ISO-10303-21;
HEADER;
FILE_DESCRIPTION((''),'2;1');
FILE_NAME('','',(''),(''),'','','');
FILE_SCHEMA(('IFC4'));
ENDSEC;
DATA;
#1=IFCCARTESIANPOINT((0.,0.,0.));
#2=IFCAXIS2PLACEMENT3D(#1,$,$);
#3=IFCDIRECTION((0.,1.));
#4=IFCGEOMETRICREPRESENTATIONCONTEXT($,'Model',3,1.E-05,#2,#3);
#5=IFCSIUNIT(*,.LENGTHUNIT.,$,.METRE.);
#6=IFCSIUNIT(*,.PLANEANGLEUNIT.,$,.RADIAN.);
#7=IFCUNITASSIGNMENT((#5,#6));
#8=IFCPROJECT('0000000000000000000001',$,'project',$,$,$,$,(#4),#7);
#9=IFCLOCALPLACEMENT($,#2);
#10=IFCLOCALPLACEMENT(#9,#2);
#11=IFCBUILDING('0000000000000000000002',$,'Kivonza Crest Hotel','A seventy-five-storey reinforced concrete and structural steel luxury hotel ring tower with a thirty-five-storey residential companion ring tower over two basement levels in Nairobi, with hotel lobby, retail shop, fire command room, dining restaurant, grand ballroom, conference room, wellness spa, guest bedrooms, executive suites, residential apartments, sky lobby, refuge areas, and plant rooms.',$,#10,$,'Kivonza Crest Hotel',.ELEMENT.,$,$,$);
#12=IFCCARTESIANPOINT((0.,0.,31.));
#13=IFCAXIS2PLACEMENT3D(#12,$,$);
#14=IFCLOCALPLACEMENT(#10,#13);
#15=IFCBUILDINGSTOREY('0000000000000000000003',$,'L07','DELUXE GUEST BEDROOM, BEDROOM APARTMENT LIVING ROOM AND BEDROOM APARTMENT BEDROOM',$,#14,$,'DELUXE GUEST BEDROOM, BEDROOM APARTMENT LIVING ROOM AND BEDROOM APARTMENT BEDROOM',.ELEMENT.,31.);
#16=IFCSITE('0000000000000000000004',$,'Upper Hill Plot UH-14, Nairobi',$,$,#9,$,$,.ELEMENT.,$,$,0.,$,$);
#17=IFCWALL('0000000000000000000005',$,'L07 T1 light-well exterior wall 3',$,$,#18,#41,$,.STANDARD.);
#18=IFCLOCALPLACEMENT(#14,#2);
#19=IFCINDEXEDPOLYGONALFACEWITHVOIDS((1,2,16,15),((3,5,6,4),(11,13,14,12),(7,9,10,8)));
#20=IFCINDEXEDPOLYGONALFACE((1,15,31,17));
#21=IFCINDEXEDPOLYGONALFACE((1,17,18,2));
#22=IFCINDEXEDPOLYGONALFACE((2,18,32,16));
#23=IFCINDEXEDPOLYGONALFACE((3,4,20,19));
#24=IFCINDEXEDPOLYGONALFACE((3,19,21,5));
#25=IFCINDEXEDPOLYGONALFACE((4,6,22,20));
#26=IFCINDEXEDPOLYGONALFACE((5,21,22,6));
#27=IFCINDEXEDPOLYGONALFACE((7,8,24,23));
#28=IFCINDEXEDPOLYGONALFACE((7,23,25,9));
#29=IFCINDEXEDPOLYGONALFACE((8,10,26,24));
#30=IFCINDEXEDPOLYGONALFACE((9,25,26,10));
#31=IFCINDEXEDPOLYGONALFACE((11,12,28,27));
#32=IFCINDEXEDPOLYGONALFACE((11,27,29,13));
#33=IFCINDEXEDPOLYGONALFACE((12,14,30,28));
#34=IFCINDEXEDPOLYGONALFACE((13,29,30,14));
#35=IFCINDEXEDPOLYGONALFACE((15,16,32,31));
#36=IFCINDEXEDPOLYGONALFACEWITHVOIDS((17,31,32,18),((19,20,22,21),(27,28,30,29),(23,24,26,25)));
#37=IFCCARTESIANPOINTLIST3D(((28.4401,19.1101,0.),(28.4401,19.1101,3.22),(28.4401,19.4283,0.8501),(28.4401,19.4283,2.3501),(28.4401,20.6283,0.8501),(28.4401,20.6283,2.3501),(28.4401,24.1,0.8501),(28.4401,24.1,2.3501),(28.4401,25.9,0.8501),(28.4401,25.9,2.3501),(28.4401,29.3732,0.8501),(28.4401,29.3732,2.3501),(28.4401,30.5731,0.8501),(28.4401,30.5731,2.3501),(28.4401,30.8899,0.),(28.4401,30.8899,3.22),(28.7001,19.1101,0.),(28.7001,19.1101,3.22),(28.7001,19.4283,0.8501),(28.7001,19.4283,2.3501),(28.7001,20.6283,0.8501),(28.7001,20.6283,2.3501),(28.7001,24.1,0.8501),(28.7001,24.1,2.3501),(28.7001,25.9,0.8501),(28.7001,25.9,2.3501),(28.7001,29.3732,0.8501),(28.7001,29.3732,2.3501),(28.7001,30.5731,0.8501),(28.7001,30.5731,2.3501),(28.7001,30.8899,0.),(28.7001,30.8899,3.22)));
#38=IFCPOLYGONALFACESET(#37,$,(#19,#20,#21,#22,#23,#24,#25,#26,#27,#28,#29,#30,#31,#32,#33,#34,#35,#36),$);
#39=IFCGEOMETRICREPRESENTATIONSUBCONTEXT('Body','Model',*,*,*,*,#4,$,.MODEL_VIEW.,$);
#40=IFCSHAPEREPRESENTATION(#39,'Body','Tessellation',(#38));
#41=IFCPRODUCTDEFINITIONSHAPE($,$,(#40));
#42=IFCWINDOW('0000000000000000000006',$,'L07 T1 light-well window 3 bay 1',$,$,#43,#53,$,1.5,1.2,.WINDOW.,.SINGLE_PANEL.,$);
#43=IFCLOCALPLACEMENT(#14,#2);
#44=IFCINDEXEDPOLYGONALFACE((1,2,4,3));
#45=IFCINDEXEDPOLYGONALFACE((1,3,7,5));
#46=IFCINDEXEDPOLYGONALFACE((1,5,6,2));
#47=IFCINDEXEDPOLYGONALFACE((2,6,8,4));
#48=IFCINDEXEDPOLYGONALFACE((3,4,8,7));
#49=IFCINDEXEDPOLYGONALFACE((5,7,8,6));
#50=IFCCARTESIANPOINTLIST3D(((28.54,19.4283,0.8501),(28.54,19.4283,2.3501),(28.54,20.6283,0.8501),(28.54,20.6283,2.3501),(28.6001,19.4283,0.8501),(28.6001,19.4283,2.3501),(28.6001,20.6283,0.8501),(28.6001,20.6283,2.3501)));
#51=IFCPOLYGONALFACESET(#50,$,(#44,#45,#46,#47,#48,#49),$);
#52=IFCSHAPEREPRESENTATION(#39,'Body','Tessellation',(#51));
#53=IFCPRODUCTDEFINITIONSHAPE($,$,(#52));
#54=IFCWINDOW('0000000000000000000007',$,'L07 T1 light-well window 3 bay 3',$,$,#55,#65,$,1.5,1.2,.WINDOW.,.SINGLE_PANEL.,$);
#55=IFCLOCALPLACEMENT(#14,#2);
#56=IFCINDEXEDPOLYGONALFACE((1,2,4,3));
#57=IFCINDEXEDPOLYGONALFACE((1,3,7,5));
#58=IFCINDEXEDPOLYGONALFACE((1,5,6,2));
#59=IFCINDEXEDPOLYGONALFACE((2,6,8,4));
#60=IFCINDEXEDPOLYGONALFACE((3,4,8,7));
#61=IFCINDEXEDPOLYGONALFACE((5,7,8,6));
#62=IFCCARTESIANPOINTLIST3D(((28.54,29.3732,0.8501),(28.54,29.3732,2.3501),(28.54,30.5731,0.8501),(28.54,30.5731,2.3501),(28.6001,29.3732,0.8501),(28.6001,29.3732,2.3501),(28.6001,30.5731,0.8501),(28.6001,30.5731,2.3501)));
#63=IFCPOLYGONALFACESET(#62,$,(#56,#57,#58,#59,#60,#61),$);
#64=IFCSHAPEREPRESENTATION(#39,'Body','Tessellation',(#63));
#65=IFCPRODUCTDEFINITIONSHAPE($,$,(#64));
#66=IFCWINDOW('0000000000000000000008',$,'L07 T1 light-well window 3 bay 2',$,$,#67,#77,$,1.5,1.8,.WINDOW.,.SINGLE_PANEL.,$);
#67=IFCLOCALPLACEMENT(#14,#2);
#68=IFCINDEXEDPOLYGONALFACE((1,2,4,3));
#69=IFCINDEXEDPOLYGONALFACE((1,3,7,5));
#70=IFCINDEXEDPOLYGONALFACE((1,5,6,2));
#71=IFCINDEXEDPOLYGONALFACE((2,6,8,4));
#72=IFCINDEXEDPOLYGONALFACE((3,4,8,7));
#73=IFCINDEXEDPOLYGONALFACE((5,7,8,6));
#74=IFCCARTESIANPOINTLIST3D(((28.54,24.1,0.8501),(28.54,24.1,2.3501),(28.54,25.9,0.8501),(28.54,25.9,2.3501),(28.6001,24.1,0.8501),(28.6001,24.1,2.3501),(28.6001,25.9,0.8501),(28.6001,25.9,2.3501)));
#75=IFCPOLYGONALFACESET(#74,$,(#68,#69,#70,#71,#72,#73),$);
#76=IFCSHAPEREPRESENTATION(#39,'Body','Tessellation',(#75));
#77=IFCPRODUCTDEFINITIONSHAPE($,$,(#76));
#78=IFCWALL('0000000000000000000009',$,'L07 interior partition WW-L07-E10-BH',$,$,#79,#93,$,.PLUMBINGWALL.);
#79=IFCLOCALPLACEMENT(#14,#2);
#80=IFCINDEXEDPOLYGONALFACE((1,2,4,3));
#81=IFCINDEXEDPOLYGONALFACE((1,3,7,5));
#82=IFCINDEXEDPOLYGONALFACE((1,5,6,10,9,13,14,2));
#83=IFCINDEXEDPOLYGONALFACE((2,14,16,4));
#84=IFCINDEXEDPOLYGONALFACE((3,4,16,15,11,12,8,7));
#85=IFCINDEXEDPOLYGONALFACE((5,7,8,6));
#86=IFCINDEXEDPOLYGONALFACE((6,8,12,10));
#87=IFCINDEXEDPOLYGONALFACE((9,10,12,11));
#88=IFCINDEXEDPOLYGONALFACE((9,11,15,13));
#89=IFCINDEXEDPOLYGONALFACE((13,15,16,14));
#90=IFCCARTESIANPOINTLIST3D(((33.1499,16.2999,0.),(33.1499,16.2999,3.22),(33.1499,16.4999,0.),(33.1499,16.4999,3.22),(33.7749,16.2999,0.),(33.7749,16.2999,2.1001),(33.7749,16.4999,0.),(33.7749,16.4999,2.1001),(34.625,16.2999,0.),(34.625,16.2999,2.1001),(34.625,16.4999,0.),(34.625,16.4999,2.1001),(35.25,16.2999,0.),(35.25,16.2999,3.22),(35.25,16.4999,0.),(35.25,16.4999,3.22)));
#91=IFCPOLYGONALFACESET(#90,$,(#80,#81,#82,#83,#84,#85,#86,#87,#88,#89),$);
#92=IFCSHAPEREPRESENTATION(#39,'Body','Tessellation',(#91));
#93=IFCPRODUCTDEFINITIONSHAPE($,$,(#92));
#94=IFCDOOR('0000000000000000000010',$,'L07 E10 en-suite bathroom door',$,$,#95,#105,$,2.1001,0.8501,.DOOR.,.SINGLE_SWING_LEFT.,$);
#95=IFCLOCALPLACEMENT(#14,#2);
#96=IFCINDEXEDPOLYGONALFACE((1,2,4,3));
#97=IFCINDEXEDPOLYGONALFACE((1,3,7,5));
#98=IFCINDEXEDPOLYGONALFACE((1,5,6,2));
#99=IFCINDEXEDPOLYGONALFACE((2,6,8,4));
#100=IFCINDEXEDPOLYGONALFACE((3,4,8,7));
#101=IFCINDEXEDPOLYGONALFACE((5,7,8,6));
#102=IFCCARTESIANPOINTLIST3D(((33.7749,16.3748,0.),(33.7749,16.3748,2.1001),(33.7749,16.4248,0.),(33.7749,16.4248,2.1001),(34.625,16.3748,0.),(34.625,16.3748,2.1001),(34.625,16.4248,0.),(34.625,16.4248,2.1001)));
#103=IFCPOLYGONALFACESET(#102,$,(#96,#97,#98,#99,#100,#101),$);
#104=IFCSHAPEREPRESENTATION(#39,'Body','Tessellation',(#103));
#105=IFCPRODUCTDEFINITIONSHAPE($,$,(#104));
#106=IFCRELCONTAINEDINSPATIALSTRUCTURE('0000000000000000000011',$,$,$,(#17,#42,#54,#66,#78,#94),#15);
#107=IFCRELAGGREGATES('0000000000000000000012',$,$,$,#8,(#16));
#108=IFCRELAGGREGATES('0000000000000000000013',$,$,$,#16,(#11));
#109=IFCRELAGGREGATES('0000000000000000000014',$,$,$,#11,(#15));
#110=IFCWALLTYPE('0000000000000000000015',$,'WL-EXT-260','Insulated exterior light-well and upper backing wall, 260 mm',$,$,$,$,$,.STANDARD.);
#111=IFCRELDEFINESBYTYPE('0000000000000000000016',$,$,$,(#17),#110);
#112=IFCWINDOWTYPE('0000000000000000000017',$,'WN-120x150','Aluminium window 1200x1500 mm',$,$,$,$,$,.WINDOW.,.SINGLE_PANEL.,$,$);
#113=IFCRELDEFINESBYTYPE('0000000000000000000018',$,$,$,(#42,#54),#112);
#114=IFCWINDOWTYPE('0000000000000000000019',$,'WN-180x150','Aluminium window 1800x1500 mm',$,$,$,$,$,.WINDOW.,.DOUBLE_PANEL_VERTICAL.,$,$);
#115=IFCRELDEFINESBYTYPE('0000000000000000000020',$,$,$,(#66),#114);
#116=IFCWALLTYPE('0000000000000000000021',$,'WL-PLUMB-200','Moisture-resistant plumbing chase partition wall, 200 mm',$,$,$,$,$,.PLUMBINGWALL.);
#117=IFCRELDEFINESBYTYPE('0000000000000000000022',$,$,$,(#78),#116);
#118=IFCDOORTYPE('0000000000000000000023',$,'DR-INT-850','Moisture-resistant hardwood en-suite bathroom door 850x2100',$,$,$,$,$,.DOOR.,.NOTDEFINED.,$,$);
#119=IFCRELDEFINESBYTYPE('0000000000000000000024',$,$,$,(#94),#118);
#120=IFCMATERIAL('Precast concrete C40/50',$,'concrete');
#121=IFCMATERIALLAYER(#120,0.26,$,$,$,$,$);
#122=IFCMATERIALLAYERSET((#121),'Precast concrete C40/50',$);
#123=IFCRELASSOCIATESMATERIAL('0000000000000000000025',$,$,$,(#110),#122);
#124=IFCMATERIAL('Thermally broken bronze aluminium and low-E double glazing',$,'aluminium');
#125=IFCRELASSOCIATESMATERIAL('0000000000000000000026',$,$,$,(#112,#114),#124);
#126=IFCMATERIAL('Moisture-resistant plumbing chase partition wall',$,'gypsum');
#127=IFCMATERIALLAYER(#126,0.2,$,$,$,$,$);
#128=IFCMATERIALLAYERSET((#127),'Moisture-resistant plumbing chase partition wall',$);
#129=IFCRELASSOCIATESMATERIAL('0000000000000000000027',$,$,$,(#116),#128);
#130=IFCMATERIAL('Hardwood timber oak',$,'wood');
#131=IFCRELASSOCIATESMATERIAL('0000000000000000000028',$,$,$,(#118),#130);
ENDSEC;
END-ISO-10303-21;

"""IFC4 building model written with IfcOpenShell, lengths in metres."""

from ifc_helpers import new_model, si_unit, direction, frame, frame_2d, origin, place, context, subcontext, project, spatial, rectangle, extrude, material, layer, layer_set, type_object, element, fill, save


model = new_model("IFC4")

# Units and contexts
model_context = context("Model", 3, precision=1e-05, world=origin(), true_north=direction((0.0, 1.0)))
body_context = subcontext(model_context, "Body", "Model", "MODEL_VIEW")
ifc_project = project(units=[si_unit("LENGTHUNIT", "METRE"), si_unit("PLANEANGLEUNIT", "RADIAN")], contexts=[model_context])

# Site, building, storey
site_placement = place(None, origin())
site = spatial("IfcSite", under=ifc_project, at=site_placement, Name="Upper Hill Plot UH-14, Nairobi", CompositionType="ELEMENT", RefElevation=0.0)
building_placement = place(site_placement, origin())
building = spatial("IfcBuilding", under=site, at=building_placement, Name="Kivonza Crest Hotel", Description="A seventy-five-storey reinforced concrete and structural steel luxury hotel ring tower with a thirty-five-storey residential companion ring tower over two basement levels in Nairobi, with hotel lobby, retail shop, fire command room, dining restaurant, grand ballroom, conference room, wellness spa, guest bedrooms, executive suites, residential apartments, sky lobby, refuge areas, and plant rooms.", LongName="Kivonza Crest Hotel", CompositionType="ELEMENT")
storey_placement = place(building_placement, frame((0.0, 0.0, 31.0)))
storey = spatial("IfcBuildingStorey", under=building, at=storey_placement, Name="L07", Description="DELUXE GUEST BEDROOM, BEDROOM APARTMENT LIVING ROOM AND BEDROOM APARTMENT BEDROOM", LongName="DELUXE GUEST BEDROOM, BEDROOM APARTMENT LIVING ROOM AND BEDROOM APARTMENT BEDROOM", CompositionType="ELEMENT", Elevation=31.0)

# Shared definitions
ifc_material_1 = material(Name="Hardwood timber oak", Category="wood")

# Wall, openings, windows
ifc_material_2 = material(Name="Precast concrete C40/50", Category="concrete")
ifc_layer_1 = layer(ifc_material_2, 0.26)
ifc_layer_set_1 = layer_set([ifc_layer_1], Name="Precast concrete C40/50")
wall_type_1 = type_object("IfcWallType", Name="WL-EXT-260", Description="Insulated exterior light-well and upper backing wall, 260 mm", PredefinedType="STANDARD", material=ifc_layer_set_1)
wall_1_placement = place(storey_placement, frame((28.5701, 19.1101, 0.0), z_axis=(0.0, 0.0, 1.0), x_axis=(0.0, 1.0, 0.0)))
wall_1 = element("IfcWall", 1, at=wall_1_placement, inside=storey, type_object=wall_type_1, Name="L07 T1 light-well exterior wall 3", PredefinedType="STANDARD", context=body_context, shape_type="SweptSolid", body=[
    extrude(rectangle(XDim=11.7798, YDim=0.26, at=frame_2d((5.8899, 0.0))), origin(), (0.0, 0.0, 1.0), 3.22),
])
opening_1_placement = place(wall_1_placement, frame((0.3181, 0.0, 0.8501)))
opening_1 = element("IfcOpeningElement", 2, at=opening_1_placement, cuts=wall_1, PredefinedType="OPENING", context=body_context, shape_type="SweptSolid", body=[
    extrude(rectangle(XDim=1.2, YDim=1.5, at=frame_2d((0.6001, 0.75))), frame((0.0, 0.1401, 0.0), z_axis=(0.0, -1.0, 0.0), x_axis=(1.0, 0.0, 0.0)), (0.0, 0.0, 1.0), 0.28),
])
opening_2_placement = place(wall_1_placement, frame((4.99, 0.0, 0.8501)))
opening_2 = element("IfcOpeningElement", 3, at=opening_2_placement, cuts=wall_1, PredefinedType="OPENING", context=body_context, shape_type="SweptSolid", body=[
    extrude(rectangle(XDim=1.8, YDim=1.5, at=frame_2d((0.8999, 0.75))), frame((0.0, 0.1401, 0.0), z_axis=(0.0, -1.0, 0.0), x_axis=(1.0, 0.0, 0.0)), (0.0, 0.0, 1.0), 0.28),
])
opening_3_placement = place(wall_1_placement, frame((10.2629, 0.0, 0.8501)))
opening_3 = element("IfcOpeningElement", 4, at=opening_3_placement, cuts=wall_1, PredefinedType="OPENING", context=body_context, shape_type="SweptSolid", body=[
    extrude(rectangle(XDim=1.2, YDim=1.5, at=frame_2d((0.6001, 0.75))), frame((0.0, 0.1401, 0.0), z_axis=(0.0, -1.0, 0.0), x_axis=(1.0, 0.0, 0.0)), (0.0, 0.0, 1.0), 0.28),
])
ifc_material_3 = material(Name="Thermally broken bronze aluminium and low-E double glazing", Category="aluminium")
window_type_1 = type_object("IfcWindowType", Name="WN-120x150", Description="Aluminium window 1200x1500 mm", PartitioningType="SINGLE_PANEL", PredefinedType="WINDOW", material=ifc_material_3)
window_1_placement = place(opening_1_placement, origin())
window_1 = element("IfcWindow", 5, at=window_1_placement, inside=storey, type_object=window_type_1, Name="L07 T1 light-well window 3 bay 1", OverallHeight=1.5, OverallWidth=1.2, PartitioningType="SINGLE_PANEL", PredefinedType="WINDOW", context=body_context, shape_type="SweptSolid", body=[
    extrude(rectangle(XDim=1.2, YDim=1.5, at=frame_2d((0.6001, 0.75))), frame((0.0, 0.03, 0.0), z_axis=(0.0, -1.0, 0.0), x_axis=(1.0, 0.0, 0.0)), (0.0, 0.0, 1.0), 0.0601),
])
fill(opening_1, window_1)
window_2_placement = place(opening_3_placement, origin())
window_2 = element("IfcWindow", 6, at=window_2_placement, inside=storey, type_object=window_type_1, Name="L07 T1 light-well window 3 bay 3", OverallHeight=1.5, OverallWidth=1.2, PartitioningType="SINGLE_PANEL", PredefinedType="WINDOW", context=body_context, shape_type="SweptSolid", body=[
    extrude(rectangle(XDim=1.2, YDim=1.5, at=frame_2d((0.6001, 0.75))), frame((0.0, 0.03, 0.0), z_axis=(0.0, -1.0, 0.0), x_axis=(1.0, 0.0, 0.0)), (0.0, 0.0, 1.0), 0.0601),
])
fill(opening_3, window_2)
window_type_2 = type_object("IfcWindowType", Name="WN-180x150", Description="Aluminium window 1800x1500 mm", PartitioningType="DOUBLE_PANEL_VERTICAL", PredefinedType="WINDOW", material=ifc_material_3)
window_3_placement = place(opening_2_placement, origin())
window_3 = element("IfcWindow", 7, at=window_3_placement, inside=storey, type_object=window_type_2, Name="L07 T1 light-well window 3 bay 2", OverallHeight=1.5, OverallWidth=1.8, PartitioningType="SINGLE_PANEL", PredefinedType="WINDOW", context=body_context, shape_type="SweptSolid", body=[
    extrude(rectangle(XDim=1.8, YDim=1.5, at=frame_2d((0.8999, 0.75))), frame((0.0, 0.03, 0.0), z_axis=(0.0, -1.0, 0.0), x_axis=(1.0, 0.0, 0.0)), (0.0, 0.0, 1.0), 0.0601),
])
fill(opening_2, window_3)

# Wall, opening, door
ifc_material_4 = material(Name="Moisture-resistant plumbing chase partition wall", Category="gypsum")
ifc_layer_2 = layer(ifc_material_4, 0.2)
ifc_layer_set_2 = layer_set([ifc_layer_2], Name="Moisture-resistant plumbing chase partition wall")
wall_type_2 = type_object("IfcWallType", Name="WL-PLUMB-200", Description="Moisture-resistant plumbing chase partition wall, 200 mm", PredefinedType="PLUMBINGWALL", material=ifc_layer_set_2)
wall_2_placement = place(storey_placement, frame((33.1499, 16.3999, 0.0), z_axis=(0.0, 0.0, 1.0), x_axis=(1.0, 0.0, 0.0)))
wall_2 = element("IfcWall", 8, at=wall_2_placement, inside=storey, type_object=wall_type_2, Name="L07 interior partition WW-L07-E10-BH", PredefinedType="PLUMBINGWALL", context=body_context, shape_type="SweptSolid", body=[
    extrude(rectangle(XDim=2.1001, YDim=0.2, at=frame_2d((1.05, 0.0))), origin(), (0.0, 0.0, 1.0), 3.22),
])
opening_4_placement = place(wall_2_placement, frame((0.625, 0.0, 0.0)))
opening_4 = element("IfcOpeningElement", 9, at=opening_4_placement, cuts=wall_2, PredefinedType="OPENING", context=body_context, shape_type="SweptSolid", body=[
    extrude(rectangle(XDim=0.8501, YDim=2.1001, at=frame_2d((0.425, 1.05))), frame((0.0, 0.1099, 0.0), z_axis=(0.0, -1.0, 0.0), x_axis=(1.0, 0.0, 0.0)), (0.0, 0.0, 1.0), 0.22),
])
door_type_1 = type_object("IfcDoorType", Name="DR-INT-850", Description="Moisture-resistant hardwood en-suite bathroom door 850x2100", OperationType="NOTDEFINED", PredefinedType="DOOR", material=ifc_material_1)
door_1_placement = place(opening_4_placement, origin())
door_1 = element("IfcDoor", 10, at=door_1_placement, inside=storey, type_object=door_type_1, Name="L07 E10 en-suite bathroom door", OperationType="SINGLE_SWING_LEFT", OverallHeight=2.1001, OverallWidth=0.8501, PredefinedType="DOOR", context=body_context, shape_type="SweptSolid", body=[
    extrude(rectangle(XDim=0.8501, YDim=2.1001, at=frame_2d((0.425, 1.05))), frame((0.0, 0.0249, 0.0), z_axis=(0.0, -1.0, 0.0), x_axis=(1.0, 0.0, 0.0)), (0.0, 0.0, 1.0), 0.05),
])
fill(opening_4, door_1)

save(model, "model.ifc")
